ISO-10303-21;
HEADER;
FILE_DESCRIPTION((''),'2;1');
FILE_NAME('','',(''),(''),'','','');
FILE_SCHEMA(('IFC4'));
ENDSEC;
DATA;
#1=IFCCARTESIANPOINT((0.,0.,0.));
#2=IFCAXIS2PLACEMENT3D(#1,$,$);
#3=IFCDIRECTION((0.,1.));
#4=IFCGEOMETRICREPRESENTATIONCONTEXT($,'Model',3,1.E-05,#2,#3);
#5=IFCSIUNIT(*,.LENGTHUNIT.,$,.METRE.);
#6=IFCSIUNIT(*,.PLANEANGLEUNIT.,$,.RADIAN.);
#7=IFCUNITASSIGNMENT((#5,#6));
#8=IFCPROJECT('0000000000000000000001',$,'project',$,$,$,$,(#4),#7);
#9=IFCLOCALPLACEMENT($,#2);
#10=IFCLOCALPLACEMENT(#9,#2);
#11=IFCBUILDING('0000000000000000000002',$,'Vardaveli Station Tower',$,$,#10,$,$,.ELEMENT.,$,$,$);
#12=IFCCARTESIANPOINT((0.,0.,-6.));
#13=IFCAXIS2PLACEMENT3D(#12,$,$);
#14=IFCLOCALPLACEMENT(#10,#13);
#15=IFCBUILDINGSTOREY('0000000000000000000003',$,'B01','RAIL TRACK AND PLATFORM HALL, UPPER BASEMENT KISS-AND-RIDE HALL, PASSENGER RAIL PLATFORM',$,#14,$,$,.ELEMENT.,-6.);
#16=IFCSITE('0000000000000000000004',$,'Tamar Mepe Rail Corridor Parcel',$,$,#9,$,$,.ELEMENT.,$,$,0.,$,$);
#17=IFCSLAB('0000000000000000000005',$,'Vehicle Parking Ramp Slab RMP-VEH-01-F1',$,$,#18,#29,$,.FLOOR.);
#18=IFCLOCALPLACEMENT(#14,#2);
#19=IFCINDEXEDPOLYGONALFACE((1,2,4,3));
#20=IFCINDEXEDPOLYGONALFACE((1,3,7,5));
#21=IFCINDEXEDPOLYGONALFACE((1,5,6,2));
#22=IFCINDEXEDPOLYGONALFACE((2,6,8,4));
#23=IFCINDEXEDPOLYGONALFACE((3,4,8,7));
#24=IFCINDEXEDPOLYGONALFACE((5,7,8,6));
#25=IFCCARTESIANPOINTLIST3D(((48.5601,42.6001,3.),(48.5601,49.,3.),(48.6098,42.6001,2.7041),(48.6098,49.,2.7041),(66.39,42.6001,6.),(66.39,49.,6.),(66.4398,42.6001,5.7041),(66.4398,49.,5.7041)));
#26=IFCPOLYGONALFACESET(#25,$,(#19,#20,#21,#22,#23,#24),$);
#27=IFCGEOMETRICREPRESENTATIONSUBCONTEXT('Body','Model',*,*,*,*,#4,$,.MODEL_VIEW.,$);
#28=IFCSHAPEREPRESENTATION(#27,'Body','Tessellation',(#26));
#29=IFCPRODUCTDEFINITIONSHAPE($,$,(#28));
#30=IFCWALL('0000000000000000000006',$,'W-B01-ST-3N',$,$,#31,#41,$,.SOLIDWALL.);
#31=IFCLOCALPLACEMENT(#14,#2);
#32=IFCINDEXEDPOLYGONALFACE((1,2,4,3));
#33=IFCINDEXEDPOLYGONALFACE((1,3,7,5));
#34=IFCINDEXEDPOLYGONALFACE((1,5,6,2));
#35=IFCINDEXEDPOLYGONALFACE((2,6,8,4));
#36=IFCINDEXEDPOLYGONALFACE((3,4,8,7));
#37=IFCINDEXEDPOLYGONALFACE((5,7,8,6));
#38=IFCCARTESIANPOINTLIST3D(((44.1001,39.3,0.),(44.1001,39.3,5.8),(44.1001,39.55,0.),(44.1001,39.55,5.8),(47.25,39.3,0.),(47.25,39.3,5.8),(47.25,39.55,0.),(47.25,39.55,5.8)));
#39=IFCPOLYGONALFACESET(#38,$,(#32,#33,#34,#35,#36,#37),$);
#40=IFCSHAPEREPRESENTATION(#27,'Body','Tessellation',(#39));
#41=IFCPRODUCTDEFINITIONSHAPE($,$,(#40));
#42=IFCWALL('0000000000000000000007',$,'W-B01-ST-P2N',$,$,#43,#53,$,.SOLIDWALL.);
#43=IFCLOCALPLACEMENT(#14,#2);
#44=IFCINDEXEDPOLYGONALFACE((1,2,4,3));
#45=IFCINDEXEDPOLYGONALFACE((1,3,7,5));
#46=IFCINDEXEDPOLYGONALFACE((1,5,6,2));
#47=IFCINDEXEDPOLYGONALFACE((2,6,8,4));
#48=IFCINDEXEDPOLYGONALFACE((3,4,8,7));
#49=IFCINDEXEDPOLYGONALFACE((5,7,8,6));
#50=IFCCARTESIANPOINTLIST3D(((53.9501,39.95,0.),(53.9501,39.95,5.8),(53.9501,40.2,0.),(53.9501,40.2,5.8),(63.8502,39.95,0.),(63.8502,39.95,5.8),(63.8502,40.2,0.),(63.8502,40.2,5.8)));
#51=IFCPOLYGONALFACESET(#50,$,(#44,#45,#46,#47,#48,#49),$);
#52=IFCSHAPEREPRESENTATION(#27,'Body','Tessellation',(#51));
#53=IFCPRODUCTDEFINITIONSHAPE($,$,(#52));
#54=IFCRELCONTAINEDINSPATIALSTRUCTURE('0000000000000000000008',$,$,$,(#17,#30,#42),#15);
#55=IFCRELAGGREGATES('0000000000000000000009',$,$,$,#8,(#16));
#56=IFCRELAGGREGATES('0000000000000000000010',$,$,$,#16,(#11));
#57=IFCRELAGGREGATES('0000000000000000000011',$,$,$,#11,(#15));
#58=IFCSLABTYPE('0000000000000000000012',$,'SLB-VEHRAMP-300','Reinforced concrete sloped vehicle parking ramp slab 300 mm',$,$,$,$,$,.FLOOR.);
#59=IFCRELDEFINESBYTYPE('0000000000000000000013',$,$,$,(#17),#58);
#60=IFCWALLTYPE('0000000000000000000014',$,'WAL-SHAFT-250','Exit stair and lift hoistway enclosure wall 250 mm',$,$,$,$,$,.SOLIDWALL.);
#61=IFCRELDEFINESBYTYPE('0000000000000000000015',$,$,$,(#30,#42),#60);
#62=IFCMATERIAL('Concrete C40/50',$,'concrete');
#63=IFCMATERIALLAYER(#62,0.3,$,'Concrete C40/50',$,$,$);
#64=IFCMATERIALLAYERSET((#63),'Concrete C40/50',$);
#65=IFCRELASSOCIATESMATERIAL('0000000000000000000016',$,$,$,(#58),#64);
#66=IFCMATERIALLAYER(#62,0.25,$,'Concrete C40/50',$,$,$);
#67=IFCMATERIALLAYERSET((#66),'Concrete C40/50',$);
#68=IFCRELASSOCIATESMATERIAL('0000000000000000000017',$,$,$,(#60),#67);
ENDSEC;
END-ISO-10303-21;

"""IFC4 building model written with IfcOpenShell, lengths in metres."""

from ifc_helpers import new_model, si_unit, direction, frame, frame_2d, origin, place, context, subcontext, project, spatial, polyline, rectangle, outline, extrude, source, transform, mapped, material, layer, layer_set, type_object, element, save


model = new_model("IFC4")

# Units and contexts
model_context = context("Model", 3, precision=1e-05, world=origin(), true_north=direction((0.0, 1.0)))
body_context = subcontext(model_context, "Body", "Model", "MODEL_VIEW")
ifc_project = project(units=[si_unit("LENGTHUNIT", "METRE"), si_unit("PLANEANGLEUNIT", "RADIAN")], contexts=[model_context])

# Site, building, storey
site_placement = place(None, origin())
site = spatial("IfcSite", under=ifc_project, at=site_placement, Name="Tamar Mepe Rail Corridor Parcel", CompositionType="ELEMENT", RefElevation=0.0)
building_placement = place(site_placement, origin())
building = spatial("IfcBuilding", under=site, at=building_placement, Name="Vardaveli Station Tower", CompositionType="ELEMENT")
storey_placement = place(building_placement, frame((0.0, 0.0, -6.0)))
storey = spatial("IfcBuildingStorey", under=building, at=storey_placement, Name="B01", Description="RAIL TRACK AND PLATFORM HALL, UPPER BASEMENT KISS-AND-RIDE HALL, PASSENGER RAIL PLATFORM", CompositionType="ELEMENT", Elevation=-6.0)

# Slab
ifc_material_1 = material(Name="Concrete C40/50", Category="concrete")
ifc_layer_1 = layer(ifc_material_1, 0.3, Name="Concrete C40/50")
ifc_layer_set_1 = layer_set([ifc_layer_1], Name="Concrete C40/50")
slab_type = type_object("IfcSlabType", Name="SLB-VEHRAMP-300", Description="Reinforced concrete sloped vehicle parking ramp slab 300 mm", PredefinedType="FLOOR", material=ifc_layer_set_1)
slab_placement = place(storey_placement, frame((48.5601, 42.6001, 3.0), z_axis=(-0.165925, 0.0, 0.986138), x_axis=(0.986138, 0.0, 0.165925)))
element("IfcSlab", 1, at=slab_placement, inside=storey, type_object=slab_type, Name="Vehicle Parking Ramp Slab RMP-VEH-01-F1", PredefinedType="FLOOR", context=body_context, shape_type="SweptSolid", body=[
    extrude(outline(polyline([(0.0, 0.0), (18.0806, 0.0), (18.0806, 6.3999), (0.0, 6.3999), (0.0, 0.0)])), origin(), (0.0, 0.0, -1.0), 0.3),
])

# Walls
ifc_layer_2 = layer(ifc_material_1, 0.25, Name="Concrete C40/50")
ifc_layer_set_2 = layer_set([ifc_layer_2], Name="Concrete C40/50")
wall_type = type_object("IfcWallType", Name="WAL-SHAFT-250", Description="Exit stair and lift hoistway enclosure wall 250 mm", PredefinedType="SOLIDWALL", material=ifc_layer_set_2)
shared_shape_1 = source(origin(), body_context, "Body", "SweptSolid", [
    extrude(rectangle(XDim=3.1499, YDim=0.25, at=frame_2d((1.575, 0.0))), origin(), (0.0, 0.0, 1.0), 5.8),
])
wall_1_placement = place(storey_placement, frame((44.1001, 39.425, 0.0), z_axis=(0.0, 0.0, 1.0), x_axis=(1.0, 0.0, 0.0)))
element("IfcWall", 2, at=wall_1_placement, inside=storey, type_object=wall_type, Name="W-B01-ST-3N", PredefinedType="SOLIDWALL", context=body_context, shape_type="MappedRepresentation", body=[
    mapped(shared_shape_1, transform((0.0, 0.0, 0.0), scale=1.0)),
])
shared_shape_2 = source(origin(), body_context, "Body", "SweptSolid", [
    extrude(rectangle(XDim=9.9001, YDim=0.25, at=frame_2d((4.9502, 0.0))), origin(), (0.0, 0.0, 1.0), 5.8),
])
wall_2_placement = place(storey_placement, frame((53.95, 40.075, 0.0), z_axis=(0.0, 0.0, 1.0), x_axis=(1.0, 0.0, 0.0)))
element("IfcWall", 3, at=wall_2_placement, inside=storey, type_object=wall_type, Name="W-B01-ST-P2N", PredefinedType="SOLIDWALL", context=body_context, shape_type="MappedRepresentation", body=[
    mapped(shared_shape_2, transform((0.0, 0.0, 0.0), scale=1.0)),
])

save(model, "model.ifc")
